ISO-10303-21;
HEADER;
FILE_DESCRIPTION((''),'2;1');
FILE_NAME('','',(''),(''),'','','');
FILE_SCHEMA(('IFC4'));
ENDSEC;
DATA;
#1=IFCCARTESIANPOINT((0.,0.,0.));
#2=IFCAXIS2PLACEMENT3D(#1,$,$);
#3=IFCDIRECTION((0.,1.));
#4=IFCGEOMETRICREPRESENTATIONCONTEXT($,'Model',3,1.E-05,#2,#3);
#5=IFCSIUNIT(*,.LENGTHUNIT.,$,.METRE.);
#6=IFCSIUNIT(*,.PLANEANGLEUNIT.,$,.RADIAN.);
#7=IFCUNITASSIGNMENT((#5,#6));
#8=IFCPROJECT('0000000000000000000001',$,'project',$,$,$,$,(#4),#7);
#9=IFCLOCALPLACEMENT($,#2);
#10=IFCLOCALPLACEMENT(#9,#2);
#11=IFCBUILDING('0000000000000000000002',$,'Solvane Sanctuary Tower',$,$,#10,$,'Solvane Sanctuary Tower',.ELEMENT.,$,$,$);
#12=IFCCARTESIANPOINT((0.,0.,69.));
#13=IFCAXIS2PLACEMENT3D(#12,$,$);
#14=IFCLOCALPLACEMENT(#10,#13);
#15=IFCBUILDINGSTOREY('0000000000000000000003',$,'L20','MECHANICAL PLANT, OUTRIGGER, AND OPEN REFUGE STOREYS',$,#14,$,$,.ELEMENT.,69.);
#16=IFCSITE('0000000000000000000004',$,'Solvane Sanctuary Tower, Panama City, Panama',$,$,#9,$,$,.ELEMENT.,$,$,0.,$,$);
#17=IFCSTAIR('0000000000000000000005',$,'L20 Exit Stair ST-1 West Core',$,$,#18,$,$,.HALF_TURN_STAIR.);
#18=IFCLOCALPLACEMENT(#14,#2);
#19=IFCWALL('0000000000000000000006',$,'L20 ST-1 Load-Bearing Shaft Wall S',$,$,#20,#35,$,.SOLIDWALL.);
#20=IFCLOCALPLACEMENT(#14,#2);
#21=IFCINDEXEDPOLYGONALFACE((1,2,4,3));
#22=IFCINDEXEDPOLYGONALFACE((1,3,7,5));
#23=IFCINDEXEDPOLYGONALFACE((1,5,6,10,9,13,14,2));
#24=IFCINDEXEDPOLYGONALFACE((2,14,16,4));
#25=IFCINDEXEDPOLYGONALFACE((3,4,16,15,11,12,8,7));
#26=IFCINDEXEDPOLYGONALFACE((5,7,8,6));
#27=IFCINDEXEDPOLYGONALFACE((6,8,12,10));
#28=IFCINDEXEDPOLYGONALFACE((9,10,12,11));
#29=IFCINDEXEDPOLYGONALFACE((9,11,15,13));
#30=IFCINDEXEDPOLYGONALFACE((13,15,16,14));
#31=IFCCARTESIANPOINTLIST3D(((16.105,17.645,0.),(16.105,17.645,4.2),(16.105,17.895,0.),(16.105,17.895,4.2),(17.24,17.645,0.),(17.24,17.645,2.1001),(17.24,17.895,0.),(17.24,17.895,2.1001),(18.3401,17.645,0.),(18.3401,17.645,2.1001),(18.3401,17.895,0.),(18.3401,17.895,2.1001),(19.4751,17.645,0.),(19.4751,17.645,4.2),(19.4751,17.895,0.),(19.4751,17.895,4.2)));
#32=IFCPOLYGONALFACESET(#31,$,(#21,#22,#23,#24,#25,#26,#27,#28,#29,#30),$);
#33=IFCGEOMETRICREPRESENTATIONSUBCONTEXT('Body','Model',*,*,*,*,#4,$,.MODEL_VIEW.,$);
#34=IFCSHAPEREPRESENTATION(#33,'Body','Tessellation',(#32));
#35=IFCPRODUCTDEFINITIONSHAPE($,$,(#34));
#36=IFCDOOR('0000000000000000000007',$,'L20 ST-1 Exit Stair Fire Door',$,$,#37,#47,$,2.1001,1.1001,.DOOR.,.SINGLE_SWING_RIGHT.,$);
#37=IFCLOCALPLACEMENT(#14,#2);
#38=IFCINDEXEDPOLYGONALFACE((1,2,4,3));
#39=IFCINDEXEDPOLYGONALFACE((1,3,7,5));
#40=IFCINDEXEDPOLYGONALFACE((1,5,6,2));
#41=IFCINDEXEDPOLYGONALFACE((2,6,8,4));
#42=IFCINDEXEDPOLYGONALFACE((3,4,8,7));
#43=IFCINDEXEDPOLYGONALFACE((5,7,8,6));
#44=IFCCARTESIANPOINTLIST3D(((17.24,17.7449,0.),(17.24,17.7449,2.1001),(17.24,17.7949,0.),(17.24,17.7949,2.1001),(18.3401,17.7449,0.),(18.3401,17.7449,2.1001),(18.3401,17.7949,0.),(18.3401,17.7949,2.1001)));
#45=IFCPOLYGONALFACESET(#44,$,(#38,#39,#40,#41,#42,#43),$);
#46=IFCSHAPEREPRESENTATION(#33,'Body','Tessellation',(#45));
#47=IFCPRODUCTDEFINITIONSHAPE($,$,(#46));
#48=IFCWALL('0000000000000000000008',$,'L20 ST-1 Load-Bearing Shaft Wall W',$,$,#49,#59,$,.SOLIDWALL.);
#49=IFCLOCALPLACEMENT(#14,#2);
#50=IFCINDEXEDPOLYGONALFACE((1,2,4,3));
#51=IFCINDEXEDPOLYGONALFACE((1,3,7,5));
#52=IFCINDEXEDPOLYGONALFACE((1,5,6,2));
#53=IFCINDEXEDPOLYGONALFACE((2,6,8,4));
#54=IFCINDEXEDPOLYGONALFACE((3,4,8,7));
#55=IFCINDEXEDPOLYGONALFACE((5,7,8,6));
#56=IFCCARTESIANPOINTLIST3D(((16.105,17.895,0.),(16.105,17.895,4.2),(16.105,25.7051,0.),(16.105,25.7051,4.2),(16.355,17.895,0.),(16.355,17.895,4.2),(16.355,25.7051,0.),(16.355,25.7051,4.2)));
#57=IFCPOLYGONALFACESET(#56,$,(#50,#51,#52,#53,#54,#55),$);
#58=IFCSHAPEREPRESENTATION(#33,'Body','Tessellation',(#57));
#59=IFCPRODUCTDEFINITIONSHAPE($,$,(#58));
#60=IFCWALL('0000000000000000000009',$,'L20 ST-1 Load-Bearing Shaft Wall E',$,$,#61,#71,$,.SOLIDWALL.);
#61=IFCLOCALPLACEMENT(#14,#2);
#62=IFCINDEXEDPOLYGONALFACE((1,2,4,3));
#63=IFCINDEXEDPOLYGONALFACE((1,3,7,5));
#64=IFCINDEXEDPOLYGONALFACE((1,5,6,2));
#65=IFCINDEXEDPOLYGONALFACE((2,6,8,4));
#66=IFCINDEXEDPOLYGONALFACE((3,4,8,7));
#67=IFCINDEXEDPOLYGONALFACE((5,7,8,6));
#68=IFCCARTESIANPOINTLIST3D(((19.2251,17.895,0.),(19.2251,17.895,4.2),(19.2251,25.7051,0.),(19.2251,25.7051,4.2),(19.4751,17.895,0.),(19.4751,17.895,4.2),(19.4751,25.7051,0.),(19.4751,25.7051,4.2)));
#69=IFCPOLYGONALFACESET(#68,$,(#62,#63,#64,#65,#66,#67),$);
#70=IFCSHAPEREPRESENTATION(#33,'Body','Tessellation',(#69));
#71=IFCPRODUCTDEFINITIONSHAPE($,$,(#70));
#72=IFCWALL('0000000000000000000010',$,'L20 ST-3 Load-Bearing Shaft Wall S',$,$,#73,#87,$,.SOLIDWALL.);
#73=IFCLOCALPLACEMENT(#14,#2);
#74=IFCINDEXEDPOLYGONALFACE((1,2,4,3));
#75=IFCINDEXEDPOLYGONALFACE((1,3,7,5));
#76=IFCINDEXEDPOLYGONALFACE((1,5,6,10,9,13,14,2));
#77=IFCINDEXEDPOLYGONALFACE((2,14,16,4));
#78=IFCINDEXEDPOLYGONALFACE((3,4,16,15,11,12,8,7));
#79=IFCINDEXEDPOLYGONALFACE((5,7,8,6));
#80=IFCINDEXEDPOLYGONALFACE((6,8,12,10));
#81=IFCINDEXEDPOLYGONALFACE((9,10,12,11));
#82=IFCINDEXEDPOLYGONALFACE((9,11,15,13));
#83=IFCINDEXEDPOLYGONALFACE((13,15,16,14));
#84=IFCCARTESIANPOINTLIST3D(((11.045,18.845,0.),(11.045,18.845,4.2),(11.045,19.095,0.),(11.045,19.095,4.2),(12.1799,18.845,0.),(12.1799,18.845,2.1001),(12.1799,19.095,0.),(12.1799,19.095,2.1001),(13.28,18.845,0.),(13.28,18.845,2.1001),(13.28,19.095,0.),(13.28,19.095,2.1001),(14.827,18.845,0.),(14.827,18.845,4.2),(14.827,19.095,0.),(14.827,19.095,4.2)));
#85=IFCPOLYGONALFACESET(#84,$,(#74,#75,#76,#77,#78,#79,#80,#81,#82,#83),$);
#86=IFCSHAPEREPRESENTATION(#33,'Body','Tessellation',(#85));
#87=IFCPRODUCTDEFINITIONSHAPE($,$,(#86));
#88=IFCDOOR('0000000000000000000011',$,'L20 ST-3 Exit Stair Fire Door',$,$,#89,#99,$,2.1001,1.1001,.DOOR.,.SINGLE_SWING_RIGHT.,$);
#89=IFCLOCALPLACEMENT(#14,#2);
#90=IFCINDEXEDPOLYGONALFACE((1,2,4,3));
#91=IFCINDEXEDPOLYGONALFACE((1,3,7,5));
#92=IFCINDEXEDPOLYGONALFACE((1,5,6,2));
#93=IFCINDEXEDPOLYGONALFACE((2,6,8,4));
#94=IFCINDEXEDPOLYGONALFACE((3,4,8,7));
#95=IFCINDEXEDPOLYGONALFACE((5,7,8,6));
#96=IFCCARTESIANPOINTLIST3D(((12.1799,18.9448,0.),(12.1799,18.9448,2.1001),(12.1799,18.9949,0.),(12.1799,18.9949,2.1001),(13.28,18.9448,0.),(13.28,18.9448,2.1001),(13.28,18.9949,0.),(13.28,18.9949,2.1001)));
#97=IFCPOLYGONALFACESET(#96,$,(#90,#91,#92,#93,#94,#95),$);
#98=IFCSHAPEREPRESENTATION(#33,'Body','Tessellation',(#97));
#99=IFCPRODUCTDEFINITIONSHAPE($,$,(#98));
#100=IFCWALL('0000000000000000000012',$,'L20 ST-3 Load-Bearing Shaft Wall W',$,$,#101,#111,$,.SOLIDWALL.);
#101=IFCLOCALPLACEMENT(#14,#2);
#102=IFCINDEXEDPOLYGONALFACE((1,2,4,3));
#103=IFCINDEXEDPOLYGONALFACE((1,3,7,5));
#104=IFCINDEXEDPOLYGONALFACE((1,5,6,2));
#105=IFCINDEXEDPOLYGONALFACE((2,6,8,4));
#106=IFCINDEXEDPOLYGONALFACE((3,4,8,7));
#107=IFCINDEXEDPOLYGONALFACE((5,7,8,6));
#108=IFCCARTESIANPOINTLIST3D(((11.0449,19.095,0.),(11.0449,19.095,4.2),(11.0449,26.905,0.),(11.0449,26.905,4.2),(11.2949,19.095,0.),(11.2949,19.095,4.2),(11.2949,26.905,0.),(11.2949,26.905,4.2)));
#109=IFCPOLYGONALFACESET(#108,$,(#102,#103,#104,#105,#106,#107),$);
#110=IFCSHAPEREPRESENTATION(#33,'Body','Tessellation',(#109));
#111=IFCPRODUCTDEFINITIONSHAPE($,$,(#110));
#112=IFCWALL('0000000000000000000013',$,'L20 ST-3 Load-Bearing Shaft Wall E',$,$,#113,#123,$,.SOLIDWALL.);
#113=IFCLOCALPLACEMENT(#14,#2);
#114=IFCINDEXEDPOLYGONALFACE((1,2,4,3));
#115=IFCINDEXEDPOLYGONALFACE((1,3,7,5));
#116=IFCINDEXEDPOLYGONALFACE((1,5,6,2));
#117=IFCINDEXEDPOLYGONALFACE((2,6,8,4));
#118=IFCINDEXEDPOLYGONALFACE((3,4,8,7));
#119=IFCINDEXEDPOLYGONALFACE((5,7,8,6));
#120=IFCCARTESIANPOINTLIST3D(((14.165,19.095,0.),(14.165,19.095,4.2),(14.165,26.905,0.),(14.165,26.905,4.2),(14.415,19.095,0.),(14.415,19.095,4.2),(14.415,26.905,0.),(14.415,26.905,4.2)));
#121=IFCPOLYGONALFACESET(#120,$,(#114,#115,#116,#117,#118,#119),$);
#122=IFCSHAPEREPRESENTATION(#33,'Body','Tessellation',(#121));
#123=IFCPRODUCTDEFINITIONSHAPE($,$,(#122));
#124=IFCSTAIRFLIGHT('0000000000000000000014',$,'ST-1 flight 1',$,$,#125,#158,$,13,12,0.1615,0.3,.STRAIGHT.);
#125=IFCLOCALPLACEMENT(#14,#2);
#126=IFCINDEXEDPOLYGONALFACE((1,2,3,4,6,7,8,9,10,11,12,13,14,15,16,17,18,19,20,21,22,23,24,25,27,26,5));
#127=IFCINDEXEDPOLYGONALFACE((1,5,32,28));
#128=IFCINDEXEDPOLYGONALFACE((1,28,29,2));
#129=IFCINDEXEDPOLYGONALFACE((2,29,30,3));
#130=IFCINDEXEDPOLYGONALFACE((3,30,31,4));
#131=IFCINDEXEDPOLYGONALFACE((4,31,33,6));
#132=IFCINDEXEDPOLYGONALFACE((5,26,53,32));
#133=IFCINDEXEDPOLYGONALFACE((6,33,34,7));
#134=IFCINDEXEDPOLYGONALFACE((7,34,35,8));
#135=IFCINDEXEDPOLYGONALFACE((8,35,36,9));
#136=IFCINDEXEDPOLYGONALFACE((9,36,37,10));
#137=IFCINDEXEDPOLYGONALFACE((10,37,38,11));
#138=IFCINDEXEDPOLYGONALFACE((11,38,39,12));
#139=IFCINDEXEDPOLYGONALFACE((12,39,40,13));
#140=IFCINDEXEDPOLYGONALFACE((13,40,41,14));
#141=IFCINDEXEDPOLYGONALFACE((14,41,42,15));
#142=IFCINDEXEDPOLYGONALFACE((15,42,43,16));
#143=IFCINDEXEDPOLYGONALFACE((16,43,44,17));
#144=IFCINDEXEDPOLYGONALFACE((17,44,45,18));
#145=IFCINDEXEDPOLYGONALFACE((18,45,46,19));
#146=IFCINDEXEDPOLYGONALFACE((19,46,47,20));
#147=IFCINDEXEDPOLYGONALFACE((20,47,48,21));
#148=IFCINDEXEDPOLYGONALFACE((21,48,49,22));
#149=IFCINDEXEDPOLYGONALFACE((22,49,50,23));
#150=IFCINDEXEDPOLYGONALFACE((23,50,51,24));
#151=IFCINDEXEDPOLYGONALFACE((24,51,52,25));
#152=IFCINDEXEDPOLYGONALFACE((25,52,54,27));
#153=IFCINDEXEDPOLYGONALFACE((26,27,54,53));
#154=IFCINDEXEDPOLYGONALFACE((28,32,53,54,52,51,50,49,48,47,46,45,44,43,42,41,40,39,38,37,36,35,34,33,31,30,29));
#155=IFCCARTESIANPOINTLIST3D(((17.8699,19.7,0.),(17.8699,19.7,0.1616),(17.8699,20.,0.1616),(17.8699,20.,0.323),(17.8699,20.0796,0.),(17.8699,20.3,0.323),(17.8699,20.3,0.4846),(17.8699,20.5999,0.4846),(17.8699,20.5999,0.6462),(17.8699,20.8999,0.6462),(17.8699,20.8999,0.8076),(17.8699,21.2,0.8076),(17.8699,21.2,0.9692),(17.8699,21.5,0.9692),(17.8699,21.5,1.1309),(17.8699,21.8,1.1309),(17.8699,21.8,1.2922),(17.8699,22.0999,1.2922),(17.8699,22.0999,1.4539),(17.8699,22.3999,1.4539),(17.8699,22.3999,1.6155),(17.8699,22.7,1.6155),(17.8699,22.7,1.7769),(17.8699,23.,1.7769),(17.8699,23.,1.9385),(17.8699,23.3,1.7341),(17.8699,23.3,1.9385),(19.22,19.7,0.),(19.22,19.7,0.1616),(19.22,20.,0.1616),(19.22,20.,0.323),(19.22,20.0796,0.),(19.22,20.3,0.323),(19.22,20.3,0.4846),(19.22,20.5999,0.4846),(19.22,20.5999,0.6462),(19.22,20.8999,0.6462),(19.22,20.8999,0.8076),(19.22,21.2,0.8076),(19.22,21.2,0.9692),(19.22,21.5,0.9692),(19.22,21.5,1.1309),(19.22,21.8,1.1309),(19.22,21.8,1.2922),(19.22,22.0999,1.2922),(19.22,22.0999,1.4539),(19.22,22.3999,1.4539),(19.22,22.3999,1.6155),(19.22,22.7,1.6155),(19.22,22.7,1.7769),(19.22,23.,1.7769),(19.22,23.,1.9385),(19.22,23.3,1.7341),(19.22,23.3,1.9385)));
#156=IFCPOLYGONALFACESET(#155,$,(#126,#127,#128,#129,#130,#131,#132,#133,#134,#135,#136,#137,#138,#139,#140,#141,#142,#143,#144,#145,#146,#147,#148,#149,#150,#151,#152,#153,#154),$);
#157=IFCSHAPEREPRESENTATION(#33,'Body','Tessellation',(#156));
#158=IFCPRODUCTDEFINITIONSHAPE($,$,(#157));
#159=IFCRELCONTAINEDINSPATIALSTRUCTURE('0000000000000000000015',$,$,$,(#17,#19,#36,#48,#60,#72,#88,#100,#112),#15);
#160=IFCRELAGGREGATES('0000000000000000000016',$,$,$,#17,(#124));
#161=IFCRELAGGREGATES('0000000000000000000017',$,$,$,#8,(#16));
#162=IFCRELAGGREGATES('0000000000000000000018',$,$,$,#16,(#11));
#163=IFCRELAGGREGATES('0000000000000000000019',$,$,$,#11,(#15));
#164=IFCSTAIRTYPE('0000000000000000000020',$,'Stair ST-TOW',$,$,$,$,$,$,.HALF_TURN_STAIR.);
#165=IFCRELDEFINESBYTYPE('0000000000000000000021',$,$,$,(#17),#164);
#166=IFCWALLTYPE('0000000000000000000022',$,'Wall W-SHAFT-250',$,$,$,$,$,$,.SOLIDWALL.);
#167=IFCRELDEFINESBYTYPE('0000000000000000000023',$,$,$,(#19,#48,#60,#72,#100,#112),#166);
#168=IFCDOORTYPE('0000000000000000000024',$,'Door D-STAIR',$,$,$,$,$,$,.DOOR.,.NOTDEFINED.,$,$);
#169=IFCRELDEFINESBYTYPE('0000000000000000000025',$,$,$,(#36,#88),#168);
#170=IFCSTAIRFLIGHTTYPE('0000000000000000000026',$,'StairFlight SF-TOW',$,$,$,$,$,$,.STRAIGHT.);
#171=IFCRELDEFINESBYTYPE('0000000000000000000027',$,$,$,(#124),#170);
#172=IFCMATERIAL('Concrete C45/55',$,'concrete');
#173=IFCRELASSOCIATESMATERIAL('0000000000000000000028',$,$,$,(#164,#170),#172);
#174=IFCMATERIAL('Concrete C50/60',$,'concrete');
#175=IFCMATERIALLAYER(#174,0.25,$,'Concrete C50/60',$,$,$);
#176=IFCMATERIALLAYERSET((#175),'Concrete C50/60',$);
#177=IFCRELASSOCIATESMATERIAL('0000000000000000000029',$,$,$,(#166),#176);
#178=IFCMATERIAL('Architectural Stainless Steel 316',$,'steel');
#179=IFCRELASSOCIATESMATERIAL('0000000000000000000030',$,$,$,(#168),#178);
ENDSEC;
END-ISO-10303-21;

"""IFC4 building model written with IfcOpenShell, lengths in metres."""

from ifc_helpers import new_model, si_unit, direction, frame, frame_2d, origin, place, context, subcontext, project, spatial, polyline, rectangle, outline, extrude, material, layer, layer_set, type_object, element, fill, aggregate, save


model = new_model("IFC4")

# Units and contexts
model_context = context("Model", 3, precision=1e-05, world=origin(), true_north=direction((0.0, 1.0)))
body_context = subcontext(model_context, "Body", "Model", "MODEL_VIEW")
ifc_project = project(units=[si_unit("LENGTHUNIT", "METRE"), si_unit("PLANEANGLEUNIT", "RADIAN")], contexts=[model_context])

# Site, building, storey
site_placement = place(None, origin())
site = spatial("IfcSite", under=ifc_project, at=site_placement, Name="Solvane Sanctuary Tower, Panama City, Panama", CompositionType="ELEMENT", RefElevation=0.0)
building_placement = place(site_placement, origin())
building = spatial("IfcBuilding", under=site, at=building_placement, Name="Solvane Sanctuary Tower", LongName="Solvane Sanctuary Tower", CompositionType="ELEMENT")
storey_placement = place(building_placement, frame((0.0, 0.0, 69.0)))
storey = spatial("IfcBuildingStorey", under=building, at=storey_placement, Name="L20", Description="MECHANICAL PLANT, OUTRIGGER, AND OPEN REFUGE STOREYS", CompositionType="ELEMENT", Elevation=69.0)

# Stair
ifc_material_1 = material(Name="Concrete C45/55", Category="concrete")
stair_type = type_object("IfcStairType", Name="Stair ST-TOW", PredefinedType="HALF_TURN_STAIR", material=ifc_material_1)
stair_1_placement = place(storey_placement, origin())
stair_1 = element("IfcStair", 1, at=stair_1_placement, inside=storey, type_object=stair_type, Name="L20 Exit Stair ST-1 West Core", PredefinedType="HALF_TURN_STAIR")

# Shared definitions
ifc_material_2 = material(Name="Concrete C50/60", Category="concrete")

# Wall, opening, door
ifc_layer_1 = layer(ifc_material_2, 0.25, Name="Concrete C50/60")
ifc_layer_set_1 = layer_set([ifc_layer_1], Name="Concrete C50/60")
wall_type_1 = type_object("IfcWallType", Name="Wall W-SHAFT-250", PredefinedType="SOLIDWALL", material=ifc_layer_set_1)
wall_1_placement = place(storey_placement, frame((16.105, 17.77, 0.0), z_axis=(0.0, 0.0, 1.0), x_axis=(1.0, 0.0, 0.0)))
wall_1 = element("IfcWall", 2, at=wall_1_placement, inside=storey, type_object=wall_type_1, Name="L20 ST-1 Load-Bearing Shaft Wall S", PredefinedType="SOLIDWALL", context=body_context, shape_type="SweptSolid", body=[
    extrude(rectangle(XDim=3.3701, YDim=0.25, at=frame_2d((1.6851, 0.0))), origin(), (0.0, 0.0, 1.0), 4.2),
])
opening_1_placement = place(wall_1_placement, frame((1.135, 0.0, 0.0)))
opening_1 = element("IfcOpeningElement", 3, at=opening_1_placement, cuts=wall_1, PredefinedType="OPENING", context=body_context, shape_type="SweptSolid", body=[
    extrude(rectangle(XDim=1.1001, YDim=2.1001, at=frame_2d((0.55, 1.05))), frame((0.0, 0.135, 0.0), z_axis=(0.0, -1.0, 0.0), x_axis=(1.0, 0.0, 0.0)), (0.0, 0.0, 1.0), 0.27),
])
ifc_material_3 = material(Name="Architectural Stainless Steel 316", Category="steel")
door_type = type_object("IfcDoorType", Name="Door D-STAIR", OperationType="NOTDEFINED", PredefinedType="DOOR", material=ifc_material_3)
door_1_placement = place(opening_1_placement, origin())
door_1 = element("IfcDoor", 4, at=door_1_placement, inside=storey, type_object=door_type, Name="L20 ST-1 Exit Stair Fire Door", OperationType="SINGLE_SWING_RIGHT", OverallHeight=2.1001, OverallWidth=1.1001, PredefinedType="DOOR", context=body_context, shape_type="SweptSolid", body=[
    extrude(rectangle(XDim=1.1001, YDim=2.1001, at=frame_2d((0.55, 1.05))), frame((0.0, 0.0249, 0.0), z_axis=(0.0, -1.0, 0.0), x_axis=(1.0, 0.0, 0.0)), (0.0, 0.0, 1.0), 0.05),
])
fill(opening_1, door_1)

# Walls
for number, where, z_axis, x_axis, name in (
    (5, (16.23, 17.895, 0.0), (0.0, 0.0, 1.0), (0.0, 1.0, 0.0), "L20 ST-1 Load-Bearing Shaft Wall W"),
    (6, (19.3501, 17.895, 0.0), (0.0, 0.0, 1.0), (0.0, 1.0, 0.0), "L20 ST-1 Load-Bearing Shaft Wall E"),
):
    element("IfcWall", number, at=place(storey_placement, frame(where, z_axis=z_axis, x_axis=x_axis)), inside=storey, type_object=wall_type_1, Name=name, PredefinedType="SOLIDWALL", context=body_context, shape_type="SweptSolid", body=[
        extrude(rectangle(XDim=7.8101, YDim=0.25, at=frame_2d((3.905, 0.0))), origin(), (0.0, 0.0, 1.0), 4.2),
    ])

# Wall, opening, door
wall_2_placement = place(storey_placement, frame((11.0449, 18.97, 0.0), z_axis=(0.0, 0.0, 1.0), x_axis=(1.0, 0.0, 0.0)))
wall_2 = element("IfcWall", 7, at=wall_2_placement, inside=storey, type_object=wall_type_1, Name="L20 ST-3 Load-Bearing Shaft Wall S", PredefinedType="SOLIDWALL", context=body_context, shape_type="SweptSolid", body=[
    extrude(rectangle(XDim=3.782, YDim=0.25, at=frame_2d((1.8911, 0.0))), origin(), (0.0, 0.0, 1.0), 4.2),
])
opening_2_placement = place(wall_2_placement, frame((1.135, 0.0, 0.0)))
opening_2 = element("IfcOpeningElement", 8, at=opening_2_placement, cuts=wall_2, PredefinedType="OPENING", context=body_context, shape_type="SweptSolid", body=[
    extrude(rectangle(XDim=1.1001, YDim=2.1001, at=frame_2d((0.55, 1.05))), frame((0.0, 0.135, 0.0), z_axis=(0.0, -1.0, 0.0), x_axis=(1.0, 0.0, 0.0)), (0.0, 0.0, 1.0), 0.27),
])
door_2_placement = place(opening_2_placement, origin())
door_2 = element("IfcDoor", 9, at=door_2_placement, inside=storey, type_object=door_type, Name="L20 ST-3 Exit Stair Fire Door", OperationType="SINGLE_SWING_RIGHT", OverallHeight=2.1001, OverallWidth=1.1001, PredefinedType="DOOR", context=body_context, shape_type="SweptSolid", body=[
    extrude(rectangle(XDim=1.1001, YDim=2.1001, at=frame_2d((0.55, 1.05))), frame((0.0, 0.0249, 0.0), z_axis=(0.0, -1.0, 0.0), x_axis=(1.0, 0.0, 0.0)), (0.0, 0.0, 1.0), 0.05),
])
fill(opening_2, door_2)

# Walls
for number, where, z_axis, x_axis, name in (
    (10, (11.1699, 19.095, 0.0), (0.0, 0.0, 1.0), (0.0, 1.0, 0.0), "L20 ST-3 Load-Bearing Shaft Wall W"),
    (11, (14.29, 19.095, 0.0), (0.0, 0.0, 1.0), (0.0, 1.0, 0.0), "L20 ST-3 Load-Bearing Shaft Wall E"),
):
    element("IfcWall", number, at=place(storey_placement, frame(where, z_axis=z_axis, x_axis=x_axis)), inside=storey, type_object=wall_type_1, Name=name, PredefinedType="SOLIDWALL", context=body_context, shape_type="SweptSolid", body=[
        extrude(rectangle(XDim=7.8101, YDim=0.25, at=frame_2d((3.905, 0.0))), origin(), (0.0, 0.0, 1.0), 4.2),
    ])

# Stair flight
stair_flight_type = type_object("IfcStairFlightType", Name="StairFlight SF-TOW", PredefinedType="STRAIGHT", material=ifc_material_1)
stair_flight_1_placement = place(storey_placement, frame((18.5449, 19.7, 0.0), z_axis=(0.0, 0.0, 1.0), x_axis=(0.0, 1.0, 0.0)))
stair_flight_1 = element("IfcStairFlight", 12, at=stair_flight_1_placement, type_object=stair_flight_type, Name="ST-1 flight 1", NumberOfRisers=13, NumberOfTreads=12, PredefinedType="STRAIGHT", RiserHeight=0.1615, TreadLength=0.3, context=body_context, shape_type="SweptSolid", body=[
    extrude(outline(polyline([(0.0, 0.0), (0.0, 0.1616), (0.3, 0.1616), (0.3, 0.323), (0.6001, 0.323), (0.6001, 0.4846), (0.8999, 0.4846), (0.8999, 0.6462), (1.2, 0.6462), (1.2, 0.8076), (1.5, 0.8076), (1.5, 0.9692), (1.8, 0.9692), (1.8, 1.1309), (2.1001, 1.1309), (2.1001, 1.2922), (2.3999, 1.2922), (2.3999, 1.4539), (2.7, 1.4539), (2.7, 1.6155), (3.0, 1.6155), (3.0, 1.7769), (3.3, 1.7769), (3.3, 1.9385), (3.6001, 1.9385), (3.6001, 2.1001), (3.6001, 1.7341), (0.3796, 0.0), (0.0, 0.0)])), frame((0.0, 0.675, 0.0), z_axis=(0.0, -1.0, 0.0), x_axis=(1.0, 0.0, 0.0)), (0.0, 0.0, 1.0), 1.3501),
])
aggregate(stair_1, [stair_flight_1])

save(model, "model.ifc")
